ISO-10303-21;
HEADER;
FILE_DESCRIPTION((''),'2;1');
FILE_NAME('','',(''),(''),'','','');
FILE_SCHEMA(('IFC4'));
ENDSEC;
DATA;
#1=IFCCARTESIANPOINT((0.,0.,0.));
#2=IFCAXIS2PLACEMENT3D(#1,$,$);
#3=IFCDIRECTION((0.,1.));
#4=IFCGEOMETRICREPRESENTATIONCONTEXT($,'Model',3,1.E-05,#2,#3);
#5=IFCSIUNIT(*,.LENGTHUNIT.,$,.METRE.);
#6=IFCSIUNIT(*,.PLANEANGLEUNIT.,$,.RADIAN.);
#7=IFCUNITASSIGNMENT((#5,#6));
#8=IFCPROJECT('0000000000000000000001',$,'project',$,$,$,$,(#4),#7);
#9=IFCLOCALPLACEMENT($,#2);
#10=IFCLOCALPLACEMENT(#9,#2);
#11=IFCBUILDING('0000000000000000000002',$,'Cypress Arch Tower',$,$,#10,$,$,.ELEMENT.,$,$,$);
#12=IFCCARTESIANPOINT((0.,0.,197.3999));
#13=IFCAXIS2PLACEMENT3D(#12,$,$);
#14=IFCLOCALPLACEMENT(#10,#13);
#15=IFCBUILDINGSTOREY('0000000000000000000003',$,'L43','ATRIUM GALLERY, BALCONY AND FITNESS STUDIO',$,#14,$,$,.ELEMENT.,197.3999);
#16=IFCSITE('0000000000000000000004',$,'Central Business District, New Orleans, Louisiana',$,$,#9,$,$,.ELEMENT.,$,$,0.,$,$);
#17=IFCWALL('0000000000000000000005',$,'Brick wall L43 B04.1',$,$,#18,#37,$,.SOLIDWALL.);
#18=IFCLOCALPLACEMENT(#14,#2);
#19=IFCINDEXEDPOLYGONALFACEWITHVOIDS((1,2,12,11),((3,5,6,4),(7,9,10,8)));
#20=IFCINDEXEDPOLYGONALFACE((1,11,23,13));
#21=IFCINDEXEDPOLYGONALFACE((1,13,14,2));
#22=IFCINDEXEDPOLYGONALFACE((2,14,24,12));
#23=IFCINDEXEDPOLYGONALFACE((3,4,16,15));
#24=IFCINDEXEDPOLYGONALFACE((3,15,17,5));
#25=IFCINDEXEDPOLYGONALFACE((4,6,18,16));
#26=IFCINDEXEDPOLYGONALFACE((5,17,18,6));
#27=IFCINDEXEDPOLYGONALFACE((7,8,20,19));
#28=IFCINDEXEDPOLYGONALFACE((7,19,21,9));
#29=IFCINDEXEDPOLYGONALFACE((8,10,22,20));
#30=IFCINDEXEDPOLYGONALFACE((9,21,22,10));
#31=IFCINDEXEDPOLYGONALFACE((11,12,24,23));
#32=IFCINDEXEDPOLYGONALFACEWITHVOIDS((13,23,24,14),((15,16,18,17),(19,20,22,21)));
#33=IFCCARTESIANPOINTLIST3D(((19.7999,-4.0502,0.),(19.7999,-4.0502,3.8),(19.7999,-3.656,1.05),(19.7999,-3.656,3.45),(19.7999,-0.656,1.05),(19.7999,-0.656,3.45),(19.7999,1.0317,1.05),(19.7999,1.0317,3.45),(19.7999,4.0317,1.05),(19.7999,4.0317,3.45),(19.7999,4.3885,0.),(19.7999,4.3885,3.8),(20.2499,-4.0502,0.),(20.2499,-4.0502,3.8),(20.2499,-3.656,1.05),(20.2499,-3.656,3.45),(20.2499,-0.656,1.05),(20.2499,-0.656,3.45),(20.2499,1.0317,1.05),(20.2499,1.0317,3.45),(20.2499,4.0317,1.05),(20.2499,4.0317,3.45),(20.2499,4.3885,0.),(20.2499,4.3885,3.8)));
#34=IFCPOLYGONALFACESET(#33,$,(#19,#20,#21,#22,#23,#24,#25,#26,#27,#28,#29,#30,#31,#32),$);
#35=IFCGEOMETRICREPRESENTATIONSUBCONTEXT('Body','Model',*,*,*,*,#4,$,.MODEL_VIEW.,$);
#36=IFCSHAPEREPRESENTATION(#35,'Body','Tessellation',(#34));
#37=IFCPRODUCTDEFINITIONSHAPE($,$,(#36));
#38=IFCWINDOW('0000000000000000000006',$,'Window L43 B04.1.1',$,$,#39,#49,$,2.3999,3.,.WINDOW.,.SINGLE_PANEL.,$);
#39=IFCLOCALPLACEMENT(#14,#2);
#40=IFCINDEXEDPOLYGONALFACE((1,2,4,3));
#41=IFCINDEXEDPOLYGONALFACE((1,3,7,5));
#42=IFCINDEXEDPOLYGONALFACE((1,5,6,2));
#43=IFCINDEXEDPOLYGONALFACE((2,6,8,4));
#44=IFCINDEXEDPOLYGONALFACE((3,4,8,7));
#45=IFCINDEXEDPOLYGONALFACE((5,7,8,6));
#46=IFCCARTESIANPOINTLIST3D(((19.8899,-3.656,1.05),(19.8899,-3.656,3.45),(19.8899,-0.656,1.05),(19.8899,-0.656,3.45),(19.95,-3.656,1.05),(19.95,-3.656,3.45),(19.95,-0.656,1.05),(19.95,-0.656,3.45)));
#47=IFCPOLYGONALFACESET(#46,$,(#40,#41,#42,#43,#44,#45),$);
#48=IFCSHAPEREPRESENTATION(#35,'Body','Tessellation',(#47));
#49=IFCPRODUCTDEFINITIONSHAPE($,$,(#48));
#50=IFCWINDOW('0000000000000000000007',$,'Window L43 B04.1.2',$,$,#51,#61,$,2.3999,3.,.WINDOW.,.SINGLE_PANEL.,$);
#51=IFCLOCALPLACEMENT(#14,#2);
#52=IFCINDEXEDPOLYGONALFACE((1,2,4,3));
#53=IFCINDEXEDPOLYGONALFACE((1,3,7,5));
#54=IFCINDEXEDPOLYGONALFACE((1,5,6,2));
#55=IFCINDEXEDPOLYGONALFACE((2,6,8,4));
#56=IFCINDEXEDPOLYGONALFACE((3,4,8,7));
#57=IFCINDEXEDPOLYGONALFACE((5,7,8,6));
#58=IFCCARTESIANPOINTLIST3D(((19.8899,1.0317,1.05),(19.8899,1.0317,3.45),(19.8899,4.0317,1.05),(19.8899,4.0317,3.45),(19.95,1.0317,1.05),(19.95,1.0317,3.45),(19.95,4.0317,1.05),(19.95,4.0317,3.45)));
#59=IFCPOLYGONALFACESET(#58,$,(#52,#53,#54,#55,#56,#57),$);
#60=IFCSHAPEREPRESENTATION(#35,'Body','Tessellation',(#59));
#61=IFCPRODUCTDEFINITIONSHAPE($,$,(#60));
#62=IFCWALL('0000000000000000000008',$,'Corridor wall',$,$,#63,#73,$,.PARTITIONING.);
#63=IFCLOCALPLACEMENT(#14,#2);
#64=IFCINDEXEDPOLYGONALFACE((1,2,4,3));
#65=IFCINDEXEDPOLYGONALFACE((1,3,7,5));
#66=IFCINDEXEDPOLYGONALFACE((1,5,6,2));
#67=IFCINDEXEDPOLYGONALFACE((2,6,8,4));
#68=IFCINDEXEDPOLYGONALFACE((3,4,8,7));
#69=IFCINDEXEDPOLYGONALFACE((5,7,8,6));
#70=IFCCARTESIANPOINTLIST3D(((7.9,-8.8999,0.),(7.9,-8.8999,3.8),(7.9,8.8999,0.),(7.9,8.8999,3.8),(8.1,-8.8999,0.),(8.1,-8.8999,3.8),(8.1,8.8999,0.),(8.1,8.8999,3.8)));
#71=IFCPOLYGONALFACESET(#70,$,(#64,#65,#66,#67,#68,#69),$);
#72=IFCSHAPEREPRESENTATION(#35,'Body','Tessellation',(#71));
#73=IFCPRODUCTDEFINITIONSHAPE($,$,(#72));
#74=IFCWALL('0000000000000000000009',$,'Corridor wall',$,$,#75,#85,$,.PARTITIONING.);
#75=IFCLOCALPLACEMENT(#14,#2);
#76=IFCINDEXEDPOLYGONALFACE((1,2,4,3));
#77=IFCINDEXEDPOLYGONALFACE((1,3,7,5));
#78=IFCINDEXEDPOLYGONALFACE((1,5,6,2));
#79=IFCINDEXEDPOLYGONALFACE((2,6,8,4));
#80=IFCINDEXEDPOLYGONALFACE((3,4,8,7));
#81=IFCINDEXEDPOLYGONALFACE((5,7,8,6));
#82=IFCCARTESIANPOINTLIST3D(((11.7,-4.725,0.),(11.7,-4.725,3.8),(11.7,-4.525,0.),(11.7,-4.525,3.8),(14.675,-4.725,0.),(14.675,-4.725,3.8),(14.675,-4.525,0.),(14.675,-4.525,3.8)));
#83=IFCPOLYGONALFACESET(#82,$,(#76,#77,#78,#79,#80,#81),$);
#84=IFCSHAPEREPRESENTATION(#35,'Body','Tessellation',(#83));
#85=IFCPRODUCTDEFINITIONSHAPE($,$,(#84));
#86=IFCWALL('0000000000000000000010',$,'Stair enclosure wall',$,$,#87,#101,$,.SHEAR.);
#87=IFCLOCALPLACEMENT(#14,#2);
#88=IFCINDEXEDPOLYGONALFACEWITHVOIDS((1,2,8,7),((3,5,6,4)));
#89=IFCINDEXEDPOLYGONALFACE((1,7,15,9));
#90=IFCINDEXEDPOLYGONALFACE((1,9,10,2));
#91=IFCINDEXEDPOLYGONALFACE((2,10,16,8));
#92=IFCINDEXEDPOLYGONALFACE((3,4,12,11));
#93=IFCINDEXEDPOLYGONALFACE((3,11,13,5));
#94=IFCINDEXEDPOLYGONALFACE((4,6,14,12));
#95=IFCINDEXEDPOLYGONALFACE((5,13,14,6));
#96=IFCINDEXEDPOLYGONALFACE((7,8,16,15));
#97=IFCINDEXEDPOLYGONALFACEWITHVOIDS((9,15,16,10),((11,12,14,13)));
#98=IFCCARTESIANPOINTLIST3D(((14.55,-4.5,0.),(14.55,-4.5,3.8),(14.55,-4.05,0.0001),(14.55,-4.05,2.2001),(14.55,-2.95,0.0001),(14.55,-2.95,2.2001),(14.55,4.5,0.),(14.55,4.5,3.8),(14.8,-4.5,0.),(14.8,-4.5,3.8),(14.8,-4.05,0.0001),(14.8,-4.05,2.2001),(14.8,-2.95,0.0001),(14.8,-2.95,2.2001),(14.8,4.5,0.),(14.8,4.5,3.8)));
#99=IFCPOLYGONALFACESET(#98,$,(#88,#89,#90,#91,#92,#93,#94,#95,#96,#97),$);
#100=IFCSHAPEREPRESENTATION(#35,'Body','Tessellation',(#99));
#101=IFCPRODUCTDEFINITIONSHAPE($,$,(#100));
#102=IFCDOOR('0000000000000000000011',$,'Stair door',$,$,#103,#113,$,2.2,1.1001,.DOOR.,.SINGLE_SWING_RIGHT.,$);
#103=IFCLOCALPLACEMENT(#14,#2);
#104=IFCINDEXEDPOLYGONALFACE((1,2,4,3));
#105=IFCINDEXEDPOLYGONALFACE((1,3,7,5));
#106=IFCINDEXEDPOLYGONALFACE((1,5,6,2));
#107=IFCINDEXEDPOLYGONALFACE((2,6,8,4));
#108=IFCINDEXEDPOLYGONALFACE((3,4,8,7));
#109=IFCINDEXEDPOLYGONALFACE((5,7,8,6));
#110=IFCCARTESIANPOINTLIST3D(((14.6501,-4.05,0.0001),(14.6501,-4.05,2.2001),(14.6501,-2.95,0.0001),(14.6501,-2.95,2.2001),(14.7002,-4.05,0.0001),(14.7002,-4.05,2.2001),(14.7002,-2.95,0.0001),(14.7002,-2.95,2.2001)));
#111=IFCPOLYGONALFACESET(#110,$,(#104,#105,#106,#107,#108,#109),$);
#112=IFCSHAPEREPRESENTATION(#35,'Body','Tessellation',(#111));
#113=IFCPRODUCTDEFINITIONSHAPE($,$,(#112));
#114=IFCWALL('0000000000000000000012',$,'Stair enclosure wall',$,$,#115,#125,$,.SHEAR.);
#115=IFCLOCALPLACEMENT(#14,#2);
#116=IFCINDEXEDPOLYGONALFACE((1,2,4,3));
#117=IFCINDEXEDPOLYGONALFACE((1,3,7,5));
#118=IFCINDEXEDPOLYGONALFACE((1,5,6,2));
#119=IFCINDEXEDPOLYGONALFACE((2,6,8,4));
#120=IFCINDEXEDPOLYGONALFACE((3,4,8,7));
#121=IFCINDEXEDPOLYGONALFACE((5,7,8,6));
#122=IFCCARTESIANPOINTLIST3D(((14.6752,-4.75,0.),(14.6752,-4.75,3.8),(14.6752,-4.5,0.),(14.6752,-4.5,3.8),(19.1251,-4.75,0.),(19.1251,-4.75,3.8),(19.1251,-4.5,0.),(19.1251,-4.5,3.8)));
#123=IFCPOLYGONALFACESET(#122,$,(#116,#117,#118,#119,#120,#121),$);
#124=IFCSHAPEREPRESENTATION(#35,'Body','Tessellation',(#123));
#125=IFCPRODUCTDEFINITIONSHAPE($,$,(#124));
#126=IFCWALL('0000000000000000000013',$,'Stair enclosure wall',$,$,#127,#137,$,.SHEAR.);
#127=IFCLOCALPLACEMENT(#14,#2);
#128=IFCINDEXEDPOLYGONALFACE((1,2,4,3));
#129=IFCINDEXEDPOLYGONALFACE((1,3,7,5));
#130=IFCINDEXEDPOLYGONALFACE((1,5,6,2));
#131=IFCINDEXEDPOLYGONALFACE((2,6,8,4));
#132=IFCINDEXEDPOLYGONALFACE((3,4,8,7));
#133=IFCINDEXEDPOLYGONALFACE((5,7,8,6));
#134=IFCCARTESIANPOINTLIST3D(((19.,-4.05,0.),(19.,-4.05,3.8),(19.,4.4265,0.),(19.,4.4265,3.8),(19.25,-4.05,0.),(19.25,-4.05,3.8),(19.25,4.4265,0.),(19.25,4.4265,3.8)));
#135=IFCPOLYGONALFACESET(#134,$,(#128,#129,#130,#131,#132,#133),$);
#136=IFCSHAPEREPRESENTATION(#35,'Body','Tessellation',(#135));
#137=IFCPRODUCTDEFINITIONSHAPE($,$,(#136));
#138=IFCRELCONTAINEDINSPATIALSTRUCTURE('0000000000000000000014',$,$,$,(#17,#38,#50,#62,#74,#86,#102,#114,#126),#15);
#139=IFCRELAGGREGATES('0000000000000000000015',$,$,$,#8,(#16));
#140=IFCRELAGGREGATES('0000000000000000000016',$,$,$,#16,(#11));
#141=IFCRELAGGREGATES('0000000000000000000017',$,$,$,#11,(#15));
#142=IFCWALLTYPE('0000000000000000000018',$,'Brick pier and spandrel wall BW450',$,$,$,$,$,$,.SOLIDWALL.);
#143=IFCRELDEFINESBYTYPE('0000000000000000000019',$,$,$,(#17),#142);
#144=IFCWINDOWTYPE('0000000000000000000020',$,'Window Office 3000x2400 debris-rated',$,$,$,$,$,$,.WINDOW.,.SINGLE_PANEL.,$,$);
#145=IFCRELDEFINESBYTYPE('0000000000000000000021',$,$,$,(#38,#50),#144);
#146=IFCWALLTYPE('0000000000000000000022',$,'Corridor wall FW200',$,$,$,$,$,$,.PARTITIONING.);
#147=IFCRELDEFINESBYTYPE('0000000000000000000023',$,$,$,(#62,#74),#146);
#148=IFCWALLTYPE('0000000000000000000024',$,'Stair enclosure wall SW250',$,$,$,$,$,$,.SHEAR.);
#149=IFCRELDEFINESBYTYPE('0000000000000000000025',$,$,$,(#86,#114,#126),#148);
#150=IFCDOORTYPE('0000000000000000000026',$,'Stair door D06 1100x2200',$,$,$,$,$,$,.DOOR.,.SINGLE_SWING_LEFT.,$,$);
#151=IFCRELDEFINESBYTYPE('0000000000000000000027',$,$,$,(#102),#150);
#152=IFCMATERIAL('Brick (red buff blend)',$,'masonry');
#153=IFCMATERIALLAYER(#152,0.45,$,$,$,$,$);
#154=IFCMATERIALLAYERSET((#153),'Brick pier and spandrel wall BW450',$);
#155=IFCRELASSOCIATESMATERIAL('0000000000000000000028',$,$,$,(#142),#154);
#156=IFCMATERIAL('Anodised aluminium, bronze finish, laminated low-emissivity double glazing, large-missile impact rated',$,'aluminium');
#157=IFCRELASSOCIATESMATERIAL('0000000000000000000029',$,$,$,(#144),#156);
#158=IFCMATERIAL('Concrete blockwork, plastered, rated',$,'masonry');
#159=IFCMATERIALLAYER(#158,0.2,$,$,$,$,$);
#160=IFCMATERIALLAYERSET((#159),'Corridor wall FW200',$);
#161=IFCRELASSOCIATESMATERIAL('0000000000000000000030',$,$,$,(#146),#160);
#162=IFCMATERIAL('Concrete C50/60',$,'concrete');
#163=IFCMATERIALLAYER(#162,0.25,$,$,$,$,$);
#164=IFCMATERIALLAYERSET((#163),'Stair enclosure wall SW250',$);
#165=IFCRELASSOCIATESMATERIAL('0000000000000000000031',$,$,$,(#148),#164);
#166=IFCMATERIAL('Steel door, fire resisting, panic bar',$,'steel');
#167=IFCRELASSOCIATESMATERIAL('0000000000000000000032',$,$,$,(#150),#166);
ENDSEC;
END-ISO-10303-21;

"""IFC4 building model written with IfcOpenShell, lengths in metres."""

from ifc_helpers import new_model, si_unit, direction, frame, frame_2d, origin, place, context, subcontext, project, spatial, rectangle, extrude, material, layer, layer_set, type_object, element, fill, save


model = new_model("IFC4")

# Units and contexts
model_context = context("Model", 3, precision=1e-05, world=origin(), true_north=direction((0.0, 1.0)))
body_context = subcontext(model_context, "Body", "Model", "MODEL_VIEW")
ifc_project = project(units=[si_unit("LENGTHUNIT", "METRE"), si_unit("PLANEANGLEUNIT", "RADIAN")], contexts=[model_context])

# Site, building, storey
site_placement = place(None, origin())
site = spatial("IfcSite", under=ifc_project, at=site_placement, Name="Central Business District, New Orleans, Louisiana", CompositionType="ELEMENT", RefElevation=0.0)
building_placement = place(site_placement, origin())
building = spatial("IfcBuilding", under=site, at=building_placement, Name="Cypress Arch Tower", CompositionType="ELEMENT")
storey_placement = place(building_placement, frame((0.0, 0.0, 197.3999)))
storey = spatial("IfcBuildingStorey", under=building, at=storey_placement, Name="L43", Description="ATRIUM GALLERY, BALCONY AND FITNESS STUDIO", CompositionType="ELEMENT", Elevation=197.3999)

# Wall, openings, windows
ifc_material_1 = material(Name="Brick (red buff blend)", Category="masonry")
ifc_layer_1 = layer(ifc_material_1, 0.45)
ifc_layer_set_1 = layer_set([ifc_layer_1], Name="Brick pier and spandrel wall BW450")
wall_type_1 = type_object("IfcWallType", Name="Brick pier and spandrel wall BW450", PredefinedType="SOLIDWALL", material=ifc_layer_set_1)
wall_1_placement = place(storey_placement, frame((20.0249, -4.05, 0.0), z_axis=(0.0, 0.0, 1.0), x_axis=(0.0, 1.0, 0.0)))
wall_1 = element("IfcWall", 1, at=wall_1_placement, inside=storey, type_object=wall_type_1, Name="Brick wall L43 B04.1", PredefinedType="SOLIDWALL", context=body_context, shape_type="SweptSolid", body=[
    extrude(rectangle(XDim=8.4387, YDim=0.45, at=frame_2d((4.2192, 0.0))), origin(), (0.0, 0.0, 1.0), 3.8),
])
opening_1_placement = place(wall_1_placement, frame((0.394, 0.0, 1.05)))
opening_1 = element("IfcOpeningElement", 2, at=opening_1_placement, cuts=wall_1, PredefinedType="OPENING", context=body_context, shape_type="SweptSolid", body=[
    extrude(rectangle(XDim=3.0, YDim=2.3999, at=frame_2d((1.5, 1.2))), frame((0.0, 0.2349, 0.0), z_axis=(0.0, -1.0, 0.0), x_axis=(1.0, 0.0, 0.0)), (0.0, 0.0, 1.0), 0.47),
])
opening_2_placement = place(wall_1_placement, frame((5.0818, 0.0, 1.05)))
opening_2 = element("IfcOpeningElement", 3, at=opening_2_placement, cuts=wall_1, PredefinedType="OPENING", context=body_context, shape_type="SweptSolid", body=[
    extrude(rectangle(XDim=3.0, YDim=2.3999, at=frame_2d((1.5, 1.2))), frame((0.0, 0.2349, 0.0), z_axis=(0.0, -1.0, 0.0), x_axis=(1.0, 0.0, 0.0)), (0.0, 0.0, 1.0), 0.47),
])
ifc_material_2 = material(Name="Anodised aluminium, bronze finish, laminated low-emissivity double glazing, large-missile impact rated", Category="aluminium")
window_type = type_object("IfcWindowType", Name="Window Office 3000x2400 debris-rated", PartitioningType="SINGLE_PANEL", PredefinedType="WINDOW", material=ifc_material_2)
window_1_placement = place(opening_1_placement, origin())
window_1 = element("IfcWindow", 4, at=window_1_placement, inside=storey, type_object=window_type, Name="Window L43 B04.1.1", OverallHeight=2.3999, OverallWidth=3.0, PartitioningType="SINGLE_PANEL", PredefinedType="WINDOW", context=body_context, shape_type="SweptSolid", body=[
    extrude(rectangle(XDim=3.0, YDim=2.3999, at=frame_2d((1.5, 1.2))), frame((0.0, 0.135, 0.0), z_axis=(0.0, -1.0, 0.0), x_axis=(1.0, 0.0, 0.0)), (0.0, 0.0, 1.0), 0.0601),
])
fill(opening_1, window_1)
window_2_placement = place(opening_2_placement, origin())
window_2 = element("IfcWindow", 5, at=window_2_placement, inside=storey, type_object=window_type, Name="Window L43 B04.1.2", OverallHeight=2.3999, OverallWidth=3.0, PartitioningType="SINGLE_PANEL", PredefinedType="WINDOW", context=body_context, shape_type="SweptSolid", body=[
    extrude(rectangle(XDim=3.0, YDim=2.3999, at=frame_2d((1.5, 1.2))), frame((0.0, 0.135, 0.0), z_axis=(0.0, -1.0, 0.0), x_axis=(1.0, 0.0, 0.0)), (0.0, 0.0, 1.0), 0.0601),
])
fill(opening_2, window_2)

# Walls
ifc_material_3 = material(Name="Concrete blockwork, plastered, rated", Category="masonry")
ifc_layer_2 = layer(ifc_material_3, 0.2)
ifc_layer_set_2 = layer_set([ifc_layer_2], Name="Corridor wall FW200")
wall_type_2 = type_object("IfcWallType", Name="Corridor wall FW200", PredefinedType="PARTITIONING", material=ifc_layer_set_2)
wall_2_placement = place(storey_placement, frame((8.0, -8.8999, 0.0), z_axis=(0.0, 0.0, 1.0), x_axis=(0.0, 1.0, 0.0)))
element("IfcWall", 6, at=wall_2_placement, inside=storey, type_object=wall_type_2, Name="Corridor wall", PredefinedType="PARTITIONING", context=body_context, shape_type="SweptSolid", body=[
    extrude(rectangle(XDim=17.7998, YDim=0.2, at=frame_2d((8.8999, 0.0))), origin(), (0.0, 0.0, 1.0), 3.8),
])
wall_3_placement = place(storey_placement, frame((11.7, -4.625, 0.0), z_axis=(0.0, 0.0, 1.0), x_axis=(1.0, 0.0, 0.0)))
element("IfcWall", 7, at=wall_3_placement, inside=storey, type_object=wall_type_2, Name="Corridor wall", PredefinedType="PARTITIONING", context=body_context, shape_type="SweptSolid", body=[
    extrude(rectangle(XDim=2.9751, YDim=0.2, at=frame_2d((1.4875, 0.0))), origin(), (0.0, 0.0, 1.0), 3.8),
])

# Wall, opening, door
ifc_material_4 = material(Name="Concrete C50/60", Category="concrete")
ifc_layer_3 = layer(ifc_material_4, 0.25)
ifc_layer_set_3 = layer_set([ifc_layer_3], Name="Stair enclosure wall SW250")
wall_type_3 = type_object("IfcWallType", Name="Stair enclosure wall SW250", PredefinedType="SHEAR", material=ifc_layer_set_3)
wall_4_placement = place(storey_placement, frame((14.675, -4.5, 0.0), z_axis=(0.0, 0.0, 1.0), x_axis=(0.0, 1.0, 0.0)))
wall_4 = element("IfcWall", 8, at=wall_4_placement, inside=storey, type_object=wall_type_3, Name="Stair enclosure wall", PredefinedType="SHEAR", context=body_context, shape_type="SweptSolid", body=[
    extrude(rectangle(XDim=9.0, YDim=0.25, at=frame_2d((4.5, 0.0))), origin(), (0.0, 0.0, 1.0), 3.8),
])
opening_3_placement = place(wall_4_placement, frame((0.45, 0.0, 0.0)))
opening_3 = element("IfcOpeningElement", 9, at=opening_3_placement, cuts=wall_4, PredefinedType="OPENING", context=body_context, shape_type="SweptSolid", body=[
    extrude(rectangle(XDim=1.1001, YDim=2.2, at=frame_2d((0.55, 1.1001))), frame((0.0, 0.135, 0.0), z_axis=(0.0, -1.0, 0.0), x_axis=(1.0, 0.0, 0.0)), (0.0, 0.0, 1.0), 0.27),
])
ifc_material_5 = material(Name="Steel door, fire resisting, panic bar", Category="steel")
door_type = type_object("IfcDoorType", Name="Stair door D06 1100x2200", OperationType="SINGLE_SWING_LEFT", PredefinedType="DOOR", material=ifc_material_5)
door_placement = place(opening_3_placement, origin())
door = element("IfcDoor", 10, at=door_placement, inside=storey, type_object=door_type, Name="Stair door", OperationType="SINGLE_SWING_RIGHT", OverallHeight=2.2, OverallWidth=1.1001, PredefinedType="DOOR", context=body_context, shape_type="SweptSolid", body=[
    extrude(rectangle(XDim=1.1001, YDim=2.2, at=frame_2d((0.55, 1.1001))), frame((0.0, 0.0249, 0.0), z_axis=(0.0, -1.0, 0.0), x_axis=(1.0, 0.0, 0.0)), (0.0, 0.0, 1.0), 0.05),
])
fill(opening_3, door)

# Walls
wall_5_placement = place(storey_placement, frame((14.675, -4.625, 0.0), z_axis=(0.0, 0.0, 1.0), x_axis=(1.0, 0.0, 0.0)))
element("IfcWall", 11, at=wall_5_placement, inside=storey, type_object=wall_type_3, Name="Stair enclosure wall", PredefinedType="SHEAR", context=body_context, shape_type="SweptSolid", body=[
    extrude(rectangle(XDim=4.45, YDim=0.25, at=frame_2d((2.2251, 0.0))), origin(), (0.0, 0.0, 1.0), 3.8),
])
wall_6_placement = place(storey_placement, frame((19.125, -4.05, 0.0), z_axis=(0.0, 0.0, 1.0), x_axis=(0.0, 1.0, 0.0)))
element("IfcWall", 12, at=wall_6_placement, inside=storey, type_object=wall_type_3, Name="Stair enclosure wall", PredefinedType="SHEAR", context=body_context, shape_type="SweptSolid", body=[
    extrude(rectangle(XDim=8.4766, YDim=0.25, at=frame_2d((4.2383, 0.0))), origin(), (0.0, 0.0, 1.0), 3.8),
])

save(model, "model.ifc")
